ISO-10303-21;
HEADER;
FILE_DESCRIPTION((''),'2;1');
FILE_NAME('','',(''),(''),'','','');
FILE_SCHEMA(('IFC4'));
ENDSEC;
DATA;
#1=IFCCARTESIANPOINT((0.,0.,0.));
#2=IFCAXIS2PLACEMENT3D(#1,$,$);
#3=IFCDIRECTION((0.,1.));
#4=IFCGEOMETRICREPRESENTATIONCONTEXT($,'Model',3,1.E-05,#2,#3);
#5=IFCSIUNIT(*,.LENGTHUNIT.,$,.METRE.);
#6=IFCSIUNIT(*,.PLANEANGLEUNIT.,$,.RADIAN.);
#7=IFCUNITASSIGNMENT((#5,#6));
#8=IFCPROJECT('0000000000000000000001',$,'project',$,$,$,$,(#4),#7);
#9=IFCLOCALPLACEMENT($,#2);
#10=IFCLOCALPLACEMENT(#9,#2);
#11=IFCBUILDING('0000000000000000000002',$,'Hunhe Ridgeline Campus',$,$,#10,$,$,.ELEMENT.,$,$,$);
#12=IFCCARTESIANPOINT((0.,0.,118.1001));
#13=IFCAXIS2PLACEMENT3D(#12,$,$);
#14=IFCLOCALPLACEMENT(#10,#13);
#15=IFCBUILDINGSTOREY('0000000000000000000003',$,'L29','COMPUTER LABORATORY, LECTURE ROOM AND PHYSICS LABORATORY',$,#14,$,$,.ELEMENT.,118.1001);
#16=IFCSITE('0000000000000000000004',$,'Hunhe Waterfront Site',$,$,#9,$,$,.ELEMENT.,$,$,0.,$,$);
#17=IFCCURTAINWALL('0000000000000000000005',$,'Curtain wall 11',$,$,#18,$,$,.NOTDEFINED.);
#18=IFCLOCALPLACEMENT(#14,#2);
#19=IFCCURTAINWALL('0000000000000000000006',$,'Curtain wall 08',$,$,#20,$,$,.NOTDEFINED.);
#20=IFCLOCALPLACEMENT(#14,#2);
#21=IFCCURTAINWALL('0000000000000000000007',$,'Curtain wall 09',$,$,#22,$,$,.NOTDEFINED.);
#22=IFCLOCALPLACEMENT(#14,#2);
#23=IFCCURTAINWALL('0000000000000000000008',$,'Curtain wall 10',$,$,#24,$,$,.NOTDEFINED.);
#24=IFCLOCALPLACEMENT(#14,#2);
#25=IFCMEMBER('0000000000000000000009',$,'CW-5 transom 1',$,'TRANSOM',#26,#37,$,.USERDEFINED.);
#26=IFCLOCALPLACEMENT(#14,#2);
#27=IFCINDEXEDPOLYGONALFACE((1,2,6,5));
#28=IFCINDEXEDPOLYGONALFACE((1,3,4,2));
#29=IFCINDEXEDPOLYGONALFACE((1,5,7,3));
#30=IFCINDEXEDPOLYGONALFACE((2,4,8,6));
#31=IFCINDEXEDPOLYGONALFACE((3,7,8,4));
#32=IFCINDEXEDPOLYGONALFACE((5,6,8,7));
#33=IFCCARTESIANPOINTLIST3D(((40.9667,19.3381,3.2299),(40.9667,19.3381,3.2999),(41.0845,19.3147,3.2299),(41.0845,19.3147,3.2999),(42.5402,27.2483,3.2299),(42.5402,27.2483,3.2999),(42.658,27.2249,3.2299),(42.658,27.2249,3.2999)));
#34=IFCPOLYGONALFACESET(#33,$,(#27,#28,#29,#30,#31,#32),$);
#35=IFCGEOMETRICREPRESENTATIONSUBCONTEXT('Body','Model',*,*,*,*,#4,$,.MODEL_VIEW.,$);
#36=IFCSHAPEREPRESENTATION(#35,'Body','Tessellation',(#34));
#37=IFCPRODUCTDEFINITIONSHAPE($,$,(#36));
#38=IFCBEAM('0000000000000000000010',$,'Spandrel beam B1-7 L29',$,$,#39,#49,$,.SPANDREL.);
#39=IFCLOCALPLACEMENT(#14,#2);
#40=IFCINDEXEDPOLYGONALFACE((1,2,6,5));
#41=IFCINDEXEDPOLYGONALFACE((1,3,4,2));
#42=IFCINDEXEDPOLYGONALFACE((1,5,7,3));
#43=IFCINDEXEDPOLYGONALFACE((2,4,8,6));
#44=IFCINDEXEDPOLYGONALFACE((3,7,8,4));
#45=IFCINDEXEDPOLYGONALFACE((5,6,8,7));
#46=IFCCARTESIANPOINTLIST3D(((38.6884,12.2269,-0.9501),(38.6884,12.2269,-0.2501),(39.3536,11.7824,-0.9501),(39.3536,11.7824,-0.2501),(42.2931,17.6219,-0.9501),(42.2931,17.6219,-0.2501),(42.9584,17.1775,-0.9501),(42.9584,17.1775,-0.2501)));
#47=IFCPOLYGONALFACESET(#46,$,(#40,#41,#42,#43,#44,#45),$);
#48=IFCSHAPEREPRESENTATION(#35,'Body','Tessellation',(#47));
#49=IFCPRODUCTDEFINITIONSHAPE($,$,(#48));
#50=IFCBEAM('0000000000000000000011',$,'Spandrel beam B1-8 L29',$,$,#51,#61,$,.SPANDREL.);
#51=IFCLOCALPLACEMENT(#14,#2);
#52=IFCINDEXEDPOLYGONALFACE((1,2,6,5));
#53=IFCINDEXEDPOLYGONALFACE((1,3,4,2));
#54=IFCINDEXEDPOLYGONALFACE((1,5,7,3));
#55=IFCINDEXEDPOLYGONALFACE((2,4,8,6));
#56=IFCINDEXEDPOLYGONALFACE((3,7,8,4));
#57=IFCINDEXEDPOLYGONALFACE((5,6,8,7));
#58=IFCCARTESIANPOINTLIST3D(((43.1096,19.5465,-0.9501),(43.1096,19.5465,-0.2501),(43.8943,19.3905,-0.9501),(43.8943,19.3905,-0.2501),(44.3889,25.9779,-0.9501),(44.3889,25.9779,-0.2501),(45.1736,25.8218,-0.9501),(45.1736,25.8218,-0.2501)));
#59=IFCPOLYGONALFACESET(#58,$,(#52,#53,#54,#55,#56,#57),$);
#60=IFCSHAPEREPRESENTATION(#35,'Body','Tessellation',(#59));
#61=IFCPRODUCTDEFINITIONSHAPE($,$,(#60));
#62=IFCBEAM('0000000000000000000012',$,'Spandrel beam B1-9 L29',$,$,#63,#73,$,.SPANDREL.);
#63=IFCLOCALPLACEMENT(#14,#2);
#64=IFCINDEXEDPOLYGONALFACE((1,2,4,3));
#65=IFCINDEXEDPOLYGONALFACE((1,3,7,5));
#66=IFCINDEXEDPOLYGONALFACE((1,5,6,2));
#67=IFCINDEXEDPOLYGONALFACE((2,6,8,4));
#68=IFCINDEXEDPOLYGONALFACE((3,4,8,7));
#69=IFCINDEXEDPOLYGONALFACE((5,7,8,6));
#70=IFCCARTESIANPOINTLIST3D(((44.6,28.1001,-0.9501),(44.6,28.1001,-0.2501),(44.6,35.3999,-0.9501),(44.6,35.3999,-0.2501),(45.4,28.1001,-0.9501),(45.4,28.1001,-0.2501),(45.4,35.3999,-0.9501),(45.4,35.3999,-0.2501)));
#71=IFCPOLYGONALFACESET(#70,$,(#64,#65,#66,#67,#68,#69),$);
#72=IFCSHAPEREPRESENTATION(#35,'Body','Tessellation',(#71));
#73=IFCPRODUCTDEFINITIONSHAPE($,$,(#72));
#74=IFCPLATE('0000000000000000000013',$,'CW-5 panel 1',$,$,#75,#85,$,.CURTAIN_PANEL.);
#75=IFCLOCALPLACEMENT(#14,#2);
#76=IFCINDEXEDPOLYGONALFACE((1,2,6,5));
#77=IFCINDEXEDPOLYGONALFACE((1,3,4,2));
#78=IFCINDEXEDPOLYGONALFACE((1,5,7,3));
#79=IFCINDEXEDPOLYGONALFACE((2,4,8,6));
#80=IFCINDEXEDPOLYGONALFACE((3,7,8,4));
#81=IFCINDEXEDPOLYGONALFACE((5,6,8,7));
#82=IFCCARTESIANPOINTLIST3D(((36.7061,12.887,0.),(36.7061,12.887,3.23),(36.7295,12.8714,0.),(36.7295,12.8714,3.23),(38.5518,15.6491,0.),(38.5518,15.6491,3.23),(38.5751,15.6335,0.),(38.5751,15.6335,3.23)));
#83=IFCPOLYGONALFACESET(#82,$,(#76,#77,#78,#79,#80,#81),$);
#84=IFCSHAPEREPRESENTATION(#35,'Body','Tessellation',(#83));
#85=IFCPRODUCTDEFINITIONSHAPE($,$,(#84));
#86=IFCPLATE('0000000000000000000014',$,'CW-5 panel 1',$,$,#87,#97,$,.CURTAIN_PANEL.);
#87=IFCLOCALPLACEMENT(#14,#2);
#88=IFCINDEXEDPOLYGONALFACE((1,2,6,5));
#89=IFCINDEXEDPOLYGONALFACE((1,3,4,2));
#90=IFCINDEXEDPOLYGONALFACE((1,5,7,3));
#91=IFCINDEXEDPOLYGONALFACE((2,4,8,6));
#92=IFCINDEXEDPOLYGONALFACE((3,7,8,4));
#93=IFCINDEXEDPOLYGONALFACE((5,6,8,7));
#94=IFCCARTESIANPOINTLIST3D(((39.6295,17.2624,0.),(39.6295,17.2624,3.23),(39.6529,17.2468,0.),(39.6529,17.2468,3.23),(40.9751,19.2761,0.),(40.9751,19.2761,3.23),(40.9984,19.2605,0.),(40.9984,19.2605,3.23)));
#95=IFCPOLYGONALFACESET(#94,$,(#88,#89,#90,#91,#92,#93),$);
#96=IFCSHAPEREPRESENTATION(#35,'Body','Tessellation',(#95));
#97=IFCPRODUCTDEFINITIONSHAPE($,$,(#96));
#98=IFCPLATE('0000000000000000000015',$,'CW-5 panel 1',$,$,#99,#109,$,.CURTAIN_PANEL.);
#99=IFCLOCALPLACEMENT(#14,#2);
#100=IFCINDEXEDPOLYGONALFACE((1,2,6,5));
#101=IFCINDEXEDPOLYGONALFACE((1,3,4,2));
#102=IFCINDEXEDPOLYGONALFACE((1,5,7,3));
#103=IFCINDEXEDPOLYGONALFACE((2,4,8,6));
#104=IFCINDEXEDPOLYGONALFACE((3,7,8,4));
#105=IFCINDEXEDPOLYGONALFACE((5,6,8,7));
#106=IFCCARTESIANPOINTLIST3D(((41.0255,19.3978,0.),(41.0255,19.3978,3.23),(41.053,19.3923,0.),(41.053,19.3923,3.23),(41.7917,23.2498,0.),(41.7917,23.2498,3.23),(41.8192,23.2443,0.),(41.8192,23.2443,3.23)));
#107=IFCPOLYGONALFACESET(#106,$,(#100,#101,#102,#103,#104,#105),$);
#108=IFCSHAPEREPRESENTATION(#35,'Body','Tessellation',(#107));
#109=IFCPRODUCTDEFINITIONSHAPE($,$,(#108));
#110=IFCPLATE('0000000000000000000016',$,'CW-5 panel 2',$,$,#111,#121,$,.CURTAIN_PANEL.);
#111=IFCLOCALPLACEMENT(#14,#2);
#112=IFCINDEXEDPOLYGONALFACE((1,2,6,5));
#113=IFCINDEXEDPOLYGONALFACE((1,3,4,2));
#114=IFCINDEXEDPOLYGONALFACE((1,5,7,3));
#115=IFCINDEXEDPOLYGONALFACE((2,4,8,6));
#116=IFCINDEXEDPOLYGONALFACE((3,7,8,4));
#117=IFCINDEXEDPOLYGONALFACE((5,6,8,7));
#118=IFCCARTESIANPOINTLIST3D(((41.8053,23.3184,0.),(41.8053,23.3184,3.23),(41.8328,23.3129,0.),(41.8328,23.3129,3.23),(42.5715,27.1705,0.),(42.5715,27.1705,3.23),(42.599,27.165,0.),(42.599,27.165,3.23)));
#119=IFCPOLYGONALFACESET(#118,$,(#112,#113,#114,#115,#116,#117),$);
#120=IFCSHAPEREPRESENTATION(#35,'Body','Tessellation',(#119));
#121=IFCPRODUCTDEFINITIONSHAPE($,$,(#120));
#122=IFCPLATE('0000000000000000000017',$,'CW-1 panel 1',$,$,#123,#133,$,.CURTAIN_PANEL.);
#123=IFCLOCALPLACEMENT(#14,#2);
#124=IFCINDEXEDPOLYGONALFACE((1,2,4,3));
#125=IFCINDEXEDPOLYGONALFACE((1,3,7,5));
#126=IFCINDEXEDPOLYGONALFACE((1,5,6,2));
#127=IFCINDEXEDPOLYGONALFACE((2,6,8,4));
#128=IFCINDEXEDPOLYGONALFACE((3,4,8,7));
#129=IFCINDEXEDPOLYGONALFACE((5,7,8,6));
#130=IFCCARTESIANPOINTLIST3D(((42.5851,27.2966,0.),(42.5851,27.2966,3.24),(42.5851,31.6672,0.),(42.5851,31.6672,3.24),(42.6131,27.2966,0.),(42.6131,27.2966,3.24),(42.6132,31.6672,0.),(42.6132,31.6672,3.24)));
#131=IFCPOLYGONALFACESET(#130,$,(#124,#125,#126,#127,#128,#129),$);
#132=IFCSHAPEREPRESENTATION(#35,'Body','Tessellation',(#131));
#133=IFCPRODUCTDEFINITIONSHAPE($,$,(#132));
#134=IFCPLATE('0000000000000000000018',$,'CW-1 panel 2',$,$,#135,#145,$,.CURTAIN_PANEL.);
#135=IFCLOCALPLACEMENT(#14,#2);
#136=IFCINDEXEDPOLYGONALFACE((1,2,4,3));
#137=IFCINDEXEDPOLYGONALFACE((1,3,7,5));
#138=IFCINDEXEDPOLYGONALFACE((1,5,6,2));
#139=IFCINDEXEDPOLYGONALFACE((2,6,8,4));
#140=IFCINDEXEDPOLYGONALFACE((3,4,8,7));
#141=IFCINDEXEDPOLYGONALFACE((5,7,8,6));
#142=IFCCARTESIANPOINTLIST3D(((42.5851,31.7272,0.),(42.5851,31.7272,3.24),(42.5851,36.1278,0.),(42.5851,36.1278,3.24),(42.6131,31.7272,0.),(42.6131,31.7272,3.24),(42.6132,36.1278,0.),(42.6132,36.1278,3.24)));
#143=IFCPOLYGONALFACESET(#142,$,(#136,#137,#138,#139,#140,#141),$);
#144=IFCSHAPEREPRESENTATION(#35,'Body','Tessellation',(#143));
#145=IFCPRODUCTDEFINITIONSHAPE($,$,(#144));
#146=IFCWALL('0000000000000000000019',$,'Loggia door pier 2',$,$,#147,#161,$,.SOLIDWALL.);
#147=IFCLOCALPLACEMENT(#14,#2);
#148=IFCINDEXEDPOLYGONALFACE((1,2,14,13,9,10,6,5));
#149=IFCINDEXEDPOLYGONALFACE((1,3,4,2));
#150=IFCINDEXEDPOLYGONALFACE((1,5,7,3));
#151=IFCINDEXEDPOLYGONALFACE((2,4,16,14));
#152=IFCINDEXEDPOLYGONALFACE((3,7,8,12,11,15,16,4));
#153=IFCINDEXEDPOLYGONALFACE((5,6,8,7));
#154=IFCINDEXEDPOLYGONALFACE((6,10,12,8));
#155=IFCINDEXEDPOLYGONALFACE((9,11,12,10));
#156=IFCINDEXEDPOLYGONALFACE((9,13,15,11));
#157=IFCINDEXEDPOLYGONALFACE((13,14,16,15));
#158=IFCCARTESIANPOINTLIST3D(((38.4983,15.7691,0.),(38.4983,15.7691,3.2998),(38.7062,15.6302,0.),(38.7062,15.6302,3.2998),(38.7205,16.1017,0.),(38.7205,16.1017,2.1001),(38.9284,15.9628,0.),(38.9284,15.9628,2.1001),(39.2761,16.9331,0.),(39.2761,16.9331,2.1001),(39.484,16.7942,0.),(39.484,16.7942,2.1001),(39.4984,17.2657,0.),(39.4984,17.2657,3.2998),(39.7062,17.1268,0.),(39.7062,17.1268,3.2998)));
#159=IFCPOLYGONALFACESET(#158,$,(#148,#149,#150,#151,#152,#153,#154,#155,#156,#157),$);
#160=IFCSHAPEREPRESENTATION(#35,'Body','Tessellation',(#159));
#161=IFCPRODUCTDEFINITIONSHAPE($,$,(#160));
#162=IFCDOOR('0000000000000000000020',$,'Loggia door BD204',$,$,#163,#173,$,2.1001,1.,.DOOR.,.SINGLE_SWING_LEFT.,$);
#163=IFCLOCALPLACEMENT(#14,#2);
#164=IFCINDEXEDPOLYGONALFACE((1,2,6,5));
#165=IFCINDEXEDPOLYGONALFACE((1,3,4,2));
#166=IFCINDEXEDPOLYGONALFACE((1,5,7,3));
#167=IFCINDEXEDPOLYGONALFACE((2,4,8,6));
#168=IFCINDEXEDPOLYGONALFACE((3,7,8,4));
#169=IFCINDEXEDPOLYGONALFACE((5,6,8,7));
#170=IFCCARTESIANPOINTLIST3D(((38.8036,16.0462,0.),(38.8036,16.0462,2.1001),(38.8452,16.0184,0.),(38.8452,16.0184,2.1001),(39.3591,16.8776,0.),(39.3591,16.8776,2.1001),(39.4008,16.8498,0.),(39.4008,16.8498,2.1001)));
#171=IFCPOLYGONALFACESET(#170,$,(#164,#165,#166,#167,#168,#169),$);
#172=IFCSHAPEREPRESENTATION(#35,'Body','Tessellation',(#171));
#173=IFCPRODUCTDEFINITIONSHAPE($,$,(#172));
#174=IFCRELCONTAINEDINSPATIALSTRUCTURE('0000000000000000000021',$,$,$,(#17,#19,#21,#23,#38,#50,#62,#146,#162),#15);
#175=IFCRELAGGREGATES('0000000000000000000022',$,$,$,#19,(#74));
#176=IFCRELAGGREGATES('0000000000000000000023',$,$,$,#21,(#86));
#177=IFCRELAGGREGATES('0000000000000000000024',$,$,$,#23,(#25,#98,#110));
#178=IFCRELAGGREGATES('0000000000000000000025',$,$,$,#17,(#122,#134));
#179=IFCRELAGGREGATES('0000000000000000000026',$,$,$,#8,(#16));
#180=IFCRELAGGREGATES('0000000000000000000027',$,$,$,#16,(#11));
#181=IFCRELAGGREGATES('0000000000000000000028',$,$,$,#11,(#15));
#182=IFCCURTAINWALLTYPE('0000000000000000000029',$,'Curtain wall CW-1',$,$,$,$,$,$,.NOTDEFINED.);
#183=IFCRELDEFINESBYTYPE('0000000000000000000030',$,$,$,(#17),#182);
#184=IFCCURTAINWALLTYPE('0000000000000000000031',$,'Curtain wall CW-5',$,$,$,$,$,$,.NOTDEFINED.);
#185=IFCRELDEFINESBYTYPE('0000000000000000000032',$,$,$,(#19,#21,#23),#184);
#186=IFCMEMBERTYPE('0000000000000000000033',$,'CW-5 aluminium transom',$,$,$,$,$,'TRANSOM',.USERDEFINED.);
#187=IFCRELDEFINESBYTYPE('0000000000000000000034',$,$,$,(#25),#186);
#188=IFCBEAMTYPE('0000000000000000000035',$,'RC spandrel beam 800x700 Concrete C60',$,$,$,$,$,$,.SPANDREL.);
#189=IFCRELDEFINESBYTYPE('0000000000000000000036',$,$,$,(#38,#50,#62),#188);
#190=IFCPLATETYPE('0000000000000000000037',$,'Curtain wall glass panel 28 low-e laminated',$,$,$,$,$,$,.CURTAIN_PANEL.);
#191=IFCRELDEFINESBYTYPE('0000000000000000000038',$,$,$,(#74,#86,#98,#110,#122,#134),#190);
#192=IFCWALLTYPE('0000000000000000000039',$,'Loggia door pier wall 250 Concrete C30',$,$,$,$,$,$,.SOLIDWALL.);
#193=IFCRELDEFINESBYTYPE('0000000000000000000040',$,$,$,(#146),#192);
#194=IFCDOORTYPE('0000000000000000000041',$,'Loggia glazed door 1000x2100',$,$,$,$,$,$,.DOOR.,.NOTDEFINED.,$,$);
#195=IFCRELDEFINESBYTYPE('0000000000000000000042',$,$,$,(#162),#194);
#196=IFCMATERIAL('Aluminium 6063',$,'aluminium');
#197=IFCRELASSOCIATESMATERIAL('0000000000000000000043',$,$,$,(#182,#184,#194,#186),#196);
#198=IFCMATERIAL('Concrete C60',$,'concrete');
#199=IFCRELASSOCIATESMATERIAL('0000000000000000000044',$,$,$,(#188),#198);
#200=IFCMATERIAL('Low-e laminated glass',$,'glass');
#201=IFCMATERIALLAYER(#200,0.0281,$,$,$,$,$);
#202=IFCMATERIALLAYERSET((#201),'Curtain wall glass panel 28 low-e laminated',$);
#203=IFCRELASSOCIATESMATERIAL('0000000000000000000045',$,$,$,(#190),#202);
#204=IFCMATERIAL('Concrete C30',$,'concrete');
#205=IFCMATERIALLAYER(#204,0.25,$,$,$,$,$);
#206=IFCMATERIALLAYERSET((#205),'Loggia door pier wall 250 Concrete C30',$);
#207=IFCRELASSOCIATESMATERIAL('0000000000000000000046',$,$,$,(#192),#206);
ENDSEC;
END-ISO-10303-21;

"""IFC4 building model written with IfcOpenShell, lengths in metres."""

from ifc_helpers import new_model, si_unit, direction, frame, frame_2d, origin, origin_2d, place, context, subcontext, project, spatial, rectangle, extrude, material, layer, layer_set, material_profile, profile_set, type_object, element, fill, aggregate, save


model = new_model("IFC4")

# Units and contexts
model_context = context("Model", 3, precision=1e-05, world=origin(), true_north=direction((0.0, 1.0)))
body_context = subcontext(model_context, "Body", "Model", "MODEL_VIEW")
ifc_project = project(units=[si_unit("LENGTHUNIT", "METRE"), si_unit("PLANEANGLEUNIT", "RADIAN")], contexts=[model_context])

# Site, building, storey
site_placement = place(None, origin())
site = spatial("IfcSite", under=ifc_project, at=site_placement, Name="Hunhe Waterfront Site", CompositionType="ELEMENT", RefElevation=0.0)
building_placement = place(site_placement, origin())
building = spatial("IfcBuilding", under=site, at=building_placement, Name="Hunhe Ridgeline Campus", CompositionType="ELEMENT")
storey_placement = place(building_placement, frame((0.0, 0.0, 118.1001)))
storey = spatial("IfcBuildingStorey", under=building, at=storey_placement, Name="L29", Description="COMPUTER LABORATORY, LECTURE ROOM AND PHYSICS LABORATORY", CompositionType="ELEMENT", Elevation=118.1001)

# Curtain wall
ifc_material_1 = material(Name="Aluminium 6063", Category="aluminium")
curtain_wall_type_1 = type_object("IfcCurtainWallType", Name="Curtain wall CW-1", PredefinedType="NOTDEFINED", material=ifc_material_1)
curtain_wall_1_placement = place(storey_placement, origin())
curtain_wall_1 = element("IfcCurtainWall", 1, at=curtain_wall_1_placement, inside=storey, type_object=curtain_wall_type_1, Name="Curtain wall 11", PredefinedType="NOTDEFINED")

# Curtain wall
curtain_wall_type_2 = type_object("IfcCurtainWallType", Name="Curtain wall CW-5", PredefinedType="NOTDEFINED", material=ifc_material_1)
curtain_wall_2_placement = place(storey_placement, origin())
curtain_wall_2 = element("IfcCurtainWall", 2, at=curtain_wall_2_placement, inside=storey, type_object=curtain_wall_type_2, Name="Curtain wall 08", PredefinedType="NOTDEFINED")

# Curtain walls
curtain_wall_3_placement = place(storey_placement, origin())
curtain_wall_3 = element("IfcCurtainWall", 3, at=curtain_wall_3_placement, inside=storey, type_object=curtain_wall_type_2, Name="Curtain wall 09", PredefinedType="NOTDEFINED")
curtain_wall_4_placement = place(storey_placement, origin())
curtain_wall_4 = element("IfcCurtainWall", 4, at=curtain_wall_4_placement, inside=storey, type_object=curtain_wall_type_2, Name="Curtain wall 10", PredefinedType="NOTDEFINED")

# Member
ifc_material_profile_1 = material_profile(ifc_material_1, rectangle(XDim=0.1201, YDim=0.0701, at=origin_2d()))
ifc_profile_set_1 = profile_set([ifc_material_profile_1], Name="Aluminium 6063")
member_type_1 = type_object("IfcMemberType", Name="CW-5 aluminium transom", ElementType="TRANSOM", PredefinedType="USERDEFINED", material=ifc_profile_set_1)
member_1_placement = place(storey_placement, frame((41.0256, 19.3264, 3.2649), z_axis=(0.195097, 0.980784, 0.0), x_axis=(-0.980784, 0.195097, 0.0)))
member_1 = element("IfcMember", 5, at=member_1_placement, type_object=member_type_1, Name="CW-5 transom 1", ObjectType="TRANSOM", PredefinedType="USERDEFINED", context=body_context, shape_type="SweptSolid", body=[
    extrude(rectangle(XDim=0.1201, YDim=0.0701, at=origin_2d()), origin(), (0.0, 0.0, 1.0), 8.0652),
])

# Beams
ifc_material_2 = material(Name="Concrete C60", Category="concrete")
ifc_material_profile_2 = material_profile(ifc_material_2, rectangle(XDim=0.8, YDim=0.7, at=origin_2d()))
ifc_profile_set_2 = profile_set([ifc_material_profile_2], Name="Concrete C60")
beam_type = type_object("IfcBeamType", Name="RC spandrel beam 800x700 Concrete C60", PredefinedType="SPANDREL", material=ifc_profile_set_2)
beam_1_placement = place(storey_placement, frame((39.021, 12.0046, -0.6001), z_axis=(0.55556, 0.831477, 0.0), x_axis=(-0.831477, 0.55556, 0.0)))
element("IfcBeam", 6, at=beam_1_placement, inside=storey, type_object=beam_type, Name="Spandrel beam B1-7 L29", PredefinedType="SPANDREL", context=body_context, shape_type="SweptSolid", body=[
    extrude(rectangle(XDim=0.8, YDim=0.7, at=origin_2d()), origin(), (0.0, 0.0, 1.0), 6.4885),
])
beam_2_placement = place(storey_placement, frame((43.502, 19.4685, -0.6001), z_axis=(0.195092, 0.980785, 0.0), x_axis=(-0.980785, 0.195092, 0.0)))
element("IfcBeam", 7, at=beam_2_placement, inside=storey, type_object=beam_type, Name="Spandrel beam B1-8 L29", PredefinedType="SPANDREL", context=body_context, shape_type="SweptSolid", body=[
    extrude(rectangle(XDim=0.8, YDim=0.7, at=origin_2d()), origin(), (0.0, 0.0, 1.0), 6.5574),
])
beam_3_placement = place(storey_placement, frame((45.0, 28.1001, -0.6001), z_axis=(0.0, 1.0, 0.0), x_axis=(-1.0, 0.0, 0.0)))
element("IfcBeam", 8, at=beam_3_placement, inside=storey, type_object=beam_type, Name="Spandrel beam B1-9 L29", PredefinedType="SPANDREL", context=body_context, shape_type="SweptSolid", body=[
    extrude(rectangle(XDim=0.8, YDim=0.7, at=origin_2d()), origin(), (0.0, 0.0, 1.0), 7.2998),
])

# Plates
ifc_material_3 = material(Name="Low-e laminated glass", Category="glass")
ifc_layer_1 = layer(ifc_material_3, 0.0281)
ifc_layer_set_1 = layer_set([ifc_layer_1], Name="Curtain wall glass panel 28 low-e laminated")
plate_type = type_object("IfcPlateType", Name="Curtain wall glass panel 28 low-e laminated", PredefinedType="CURTAIN_PANEL", material=ifc_layer_set_1)
plate_1_placement = place(storey_placement, frame((37.6406, 14.2603, 0.0), z_axis=(0.0, 0.0, 1.0), x_axis=(0.55557, 0.83147, 0.0)))
plate_1 = element("IfcPlate", 9, at=plate_1_placement, type_object=plate_type, Name="CW-5 panel 1", PredefinedType="CURTAIN_PANEL", context=body_context, shape_type="SweptSolid", body=[
    extrude(rectangle(XDim=3.322, YDim=0.0281, at=origin_2d()), origin(), (0.0, 0.0, 1.0), 3.23),
])
aggregate(curtain_wall_2, [plate_1])
plate_2_placement = place(storey_placement, frame((40.314, 18.2615, 0.0), z_axis=(0.0, 0.0, 1.0), x_axis=(0.55557, 0.83147, 0.0)))
plate_2 = element("IfcPlate", 10, at=plate_2_placement, type_object=plate_type, Name="CW-5 panel 1", PredefinedType="CURTAIN_PANEL", context=body_context, shape_type="SweptSolid", body=[
    extrude(rectangle(XDim=2.4219, YDim=0.0281, at=origin_2d()), origin(), (0.0, 0.0, 1.0), 3.23),
])
aggregate(curtain_wall_3, [plate_2])
plate_3_placement = place(storey_placement, frame((41.4224, 21.321, 0.0), z_axis=(0.0, 0.0, 1.0), x_axis=(0.19509, 0.980785, 0.0)))
plate_3 = element("IfcPlate", 11, at=plate_3_placement, type_object=plate_type, Name="CW-5 panel 1", PredefinedType="CURTAIN_PANEL", context=body_context, shape_type="SweptSolid", body=[
    extrude(rectangle(XDim=3.9275, YDim=0.0281, at=origin_2d()), origin(), (0.0, 0.0, 1.0), 3.23),
])
plate_4_placement = place(storey_placement, frame((42.2021, 25.2417, 0.0), z_axis=(0.0, 0.0, 1.0), x_axis=(0.19509, 0.980785, 0.0)))
plate_4 = element("IfcPlate", 12, at=plate_4_placement, type_object=plate_type, Name="CW-5 panel 2", PredefinedType="CURTAIN_PANEL", context=body_context, shape_type="SweptSolid", body=[
    extrude(rectangle(XDim=3.9275, YDim=0.0281, at=origin_2d()), origin(), (0.0, 0.0, 1.0), 3.23),
])
aggregate(curtain_wall_4, [member_1, plate_3, plate_4])
plate_5_placement = place(storey_placement, frame((42.5991, 29.4819, 0.0), z_axis=(0.0, 0.0, 1.0), x_axis=(0.000011, 1.0, 0.0)))
plate_5 = element("IfcPlate", 13, at=plate_5_placement, type_object=plate_type, Name="CW-1 panel 1", PredefinedType="CURTAIN_PANEL", context=body_context, shape_type="SweptSolid", body=[
    extrude(rectangle(XDim=4.3706, YDim=0.0281, at=origin_2d()), origin(), (0.0, 0.0, 1.0), 3.24),
])
plate_6_placement = place(storey_placement, frame((42.5991, 33.9275, 0.0), z_axis=(0.0, 0.0, 1.0), x_axis=(0.000011, 1.0, 0.0)))
plate_6 = element("IfcPlate", 14, at=plate_6_placement, type_object=plate_type, Name="CW-1 panel 2", PredefinedType="CURTAIN_PANEL", context=body_context, shape_type="SweptSolid", body=[
    extrude(rectangle(XDim=4.4006, YDim=0.0281, at=origin_2d()), origin(), (0.0, 0.0, 1.0), 3.24),
])
aggregate(curtain_wall_1, [plate_5, plate_6])

# Wall, opening, door
ifc_material_4 = material(Name="Concrete C30", Category="concrete")
ifc_layer_2 = layer(ifc_material_4, 0.25)
ifc_layer_set_2 = layer_set([ifc_layer_2], Name="Loggia door pier wall 250 Concrete C30")
wall_type = type_object("IfcWallType", Name="Loggia door pier wall 250 Concrete C30", PredefinedType="SOLIDWALL", material=ifc_layer_set_2)
wall_placement = place(storey_placement, frame((38.6023, 15.6997, 0.0), z_axis=(0.0, 0.0, 1.0), x_axis=(0.555576, 0.831466, 0.0)))
wall = element("IfcWall", 15, at=wall_placement, inside=storey, type_object=wall_type, Name="Loggia door pier 2", PredefinedType="SOLIDWALL", context=body_context, shape_type="SweptSolid", body=[
    extrude(rectangle(XDim=1.8, YDim=0.25, at=frame_2d((0.8999, 0.0))), origin(), (0.0, 0.0, 1.0), 3.2998),
])
opening_placement = place(wall_placement, frame((0.3999, 0.0, 0.0)))
opening = element("IfcOpeningElement", 16, at=opening_placement, cuts=wall, PredefinedType="OPENING", context=body_context, shape_type="SweptSolid", body=[
    extrude(rectangle(XDim=1.0, YDim=2.1001, at=frame_2d((0.5, 1.05))), frame((0.0, 0.125, 0.0), z_axis=(0.0, -1.0, 0.0), x_axis=(1.0, 0.0, 0.0)), (0.0, 0.0, 1.0), 0.25),
])
door_type = type_object("IfcDoorType", Name="Loggia glazed door 1000x2100", OperationType="NOTDEFINED", PredefinedType="DOOR", material=ifc_material_1)
door_placement = place(opening_placement, frame((1.0, 0.0, 0.0), z_axis=(0.0, 0.0, 1.0), x_axis=(-1.0, 0.0, 0.0)))
door = element("IfcDoor", 17, at=door_placement, inside=storey, type_object=door_type, Name="Loggia door BD204", OperationType="SINGLE_SWING_LEFT", OverallHeight=2.1001, OverallWidth=1.0, PredefinedType="DOOR", context=body_context, shape_type="SweptSolid", body=[
    extrude(rectangle(XDim=1.0, YDim=2.1001, at=frame_2d((0.5, 1.05))), frame((0.0, 0.0249, 0.0), z_axis=(0.0, -1.0, 0.0), x_axis=(1.0, 0.0, 0.0)), (0.0, 0.0, 1.0), 0.05),
])
fill(opening, door)

save(model, "model.ifc")
